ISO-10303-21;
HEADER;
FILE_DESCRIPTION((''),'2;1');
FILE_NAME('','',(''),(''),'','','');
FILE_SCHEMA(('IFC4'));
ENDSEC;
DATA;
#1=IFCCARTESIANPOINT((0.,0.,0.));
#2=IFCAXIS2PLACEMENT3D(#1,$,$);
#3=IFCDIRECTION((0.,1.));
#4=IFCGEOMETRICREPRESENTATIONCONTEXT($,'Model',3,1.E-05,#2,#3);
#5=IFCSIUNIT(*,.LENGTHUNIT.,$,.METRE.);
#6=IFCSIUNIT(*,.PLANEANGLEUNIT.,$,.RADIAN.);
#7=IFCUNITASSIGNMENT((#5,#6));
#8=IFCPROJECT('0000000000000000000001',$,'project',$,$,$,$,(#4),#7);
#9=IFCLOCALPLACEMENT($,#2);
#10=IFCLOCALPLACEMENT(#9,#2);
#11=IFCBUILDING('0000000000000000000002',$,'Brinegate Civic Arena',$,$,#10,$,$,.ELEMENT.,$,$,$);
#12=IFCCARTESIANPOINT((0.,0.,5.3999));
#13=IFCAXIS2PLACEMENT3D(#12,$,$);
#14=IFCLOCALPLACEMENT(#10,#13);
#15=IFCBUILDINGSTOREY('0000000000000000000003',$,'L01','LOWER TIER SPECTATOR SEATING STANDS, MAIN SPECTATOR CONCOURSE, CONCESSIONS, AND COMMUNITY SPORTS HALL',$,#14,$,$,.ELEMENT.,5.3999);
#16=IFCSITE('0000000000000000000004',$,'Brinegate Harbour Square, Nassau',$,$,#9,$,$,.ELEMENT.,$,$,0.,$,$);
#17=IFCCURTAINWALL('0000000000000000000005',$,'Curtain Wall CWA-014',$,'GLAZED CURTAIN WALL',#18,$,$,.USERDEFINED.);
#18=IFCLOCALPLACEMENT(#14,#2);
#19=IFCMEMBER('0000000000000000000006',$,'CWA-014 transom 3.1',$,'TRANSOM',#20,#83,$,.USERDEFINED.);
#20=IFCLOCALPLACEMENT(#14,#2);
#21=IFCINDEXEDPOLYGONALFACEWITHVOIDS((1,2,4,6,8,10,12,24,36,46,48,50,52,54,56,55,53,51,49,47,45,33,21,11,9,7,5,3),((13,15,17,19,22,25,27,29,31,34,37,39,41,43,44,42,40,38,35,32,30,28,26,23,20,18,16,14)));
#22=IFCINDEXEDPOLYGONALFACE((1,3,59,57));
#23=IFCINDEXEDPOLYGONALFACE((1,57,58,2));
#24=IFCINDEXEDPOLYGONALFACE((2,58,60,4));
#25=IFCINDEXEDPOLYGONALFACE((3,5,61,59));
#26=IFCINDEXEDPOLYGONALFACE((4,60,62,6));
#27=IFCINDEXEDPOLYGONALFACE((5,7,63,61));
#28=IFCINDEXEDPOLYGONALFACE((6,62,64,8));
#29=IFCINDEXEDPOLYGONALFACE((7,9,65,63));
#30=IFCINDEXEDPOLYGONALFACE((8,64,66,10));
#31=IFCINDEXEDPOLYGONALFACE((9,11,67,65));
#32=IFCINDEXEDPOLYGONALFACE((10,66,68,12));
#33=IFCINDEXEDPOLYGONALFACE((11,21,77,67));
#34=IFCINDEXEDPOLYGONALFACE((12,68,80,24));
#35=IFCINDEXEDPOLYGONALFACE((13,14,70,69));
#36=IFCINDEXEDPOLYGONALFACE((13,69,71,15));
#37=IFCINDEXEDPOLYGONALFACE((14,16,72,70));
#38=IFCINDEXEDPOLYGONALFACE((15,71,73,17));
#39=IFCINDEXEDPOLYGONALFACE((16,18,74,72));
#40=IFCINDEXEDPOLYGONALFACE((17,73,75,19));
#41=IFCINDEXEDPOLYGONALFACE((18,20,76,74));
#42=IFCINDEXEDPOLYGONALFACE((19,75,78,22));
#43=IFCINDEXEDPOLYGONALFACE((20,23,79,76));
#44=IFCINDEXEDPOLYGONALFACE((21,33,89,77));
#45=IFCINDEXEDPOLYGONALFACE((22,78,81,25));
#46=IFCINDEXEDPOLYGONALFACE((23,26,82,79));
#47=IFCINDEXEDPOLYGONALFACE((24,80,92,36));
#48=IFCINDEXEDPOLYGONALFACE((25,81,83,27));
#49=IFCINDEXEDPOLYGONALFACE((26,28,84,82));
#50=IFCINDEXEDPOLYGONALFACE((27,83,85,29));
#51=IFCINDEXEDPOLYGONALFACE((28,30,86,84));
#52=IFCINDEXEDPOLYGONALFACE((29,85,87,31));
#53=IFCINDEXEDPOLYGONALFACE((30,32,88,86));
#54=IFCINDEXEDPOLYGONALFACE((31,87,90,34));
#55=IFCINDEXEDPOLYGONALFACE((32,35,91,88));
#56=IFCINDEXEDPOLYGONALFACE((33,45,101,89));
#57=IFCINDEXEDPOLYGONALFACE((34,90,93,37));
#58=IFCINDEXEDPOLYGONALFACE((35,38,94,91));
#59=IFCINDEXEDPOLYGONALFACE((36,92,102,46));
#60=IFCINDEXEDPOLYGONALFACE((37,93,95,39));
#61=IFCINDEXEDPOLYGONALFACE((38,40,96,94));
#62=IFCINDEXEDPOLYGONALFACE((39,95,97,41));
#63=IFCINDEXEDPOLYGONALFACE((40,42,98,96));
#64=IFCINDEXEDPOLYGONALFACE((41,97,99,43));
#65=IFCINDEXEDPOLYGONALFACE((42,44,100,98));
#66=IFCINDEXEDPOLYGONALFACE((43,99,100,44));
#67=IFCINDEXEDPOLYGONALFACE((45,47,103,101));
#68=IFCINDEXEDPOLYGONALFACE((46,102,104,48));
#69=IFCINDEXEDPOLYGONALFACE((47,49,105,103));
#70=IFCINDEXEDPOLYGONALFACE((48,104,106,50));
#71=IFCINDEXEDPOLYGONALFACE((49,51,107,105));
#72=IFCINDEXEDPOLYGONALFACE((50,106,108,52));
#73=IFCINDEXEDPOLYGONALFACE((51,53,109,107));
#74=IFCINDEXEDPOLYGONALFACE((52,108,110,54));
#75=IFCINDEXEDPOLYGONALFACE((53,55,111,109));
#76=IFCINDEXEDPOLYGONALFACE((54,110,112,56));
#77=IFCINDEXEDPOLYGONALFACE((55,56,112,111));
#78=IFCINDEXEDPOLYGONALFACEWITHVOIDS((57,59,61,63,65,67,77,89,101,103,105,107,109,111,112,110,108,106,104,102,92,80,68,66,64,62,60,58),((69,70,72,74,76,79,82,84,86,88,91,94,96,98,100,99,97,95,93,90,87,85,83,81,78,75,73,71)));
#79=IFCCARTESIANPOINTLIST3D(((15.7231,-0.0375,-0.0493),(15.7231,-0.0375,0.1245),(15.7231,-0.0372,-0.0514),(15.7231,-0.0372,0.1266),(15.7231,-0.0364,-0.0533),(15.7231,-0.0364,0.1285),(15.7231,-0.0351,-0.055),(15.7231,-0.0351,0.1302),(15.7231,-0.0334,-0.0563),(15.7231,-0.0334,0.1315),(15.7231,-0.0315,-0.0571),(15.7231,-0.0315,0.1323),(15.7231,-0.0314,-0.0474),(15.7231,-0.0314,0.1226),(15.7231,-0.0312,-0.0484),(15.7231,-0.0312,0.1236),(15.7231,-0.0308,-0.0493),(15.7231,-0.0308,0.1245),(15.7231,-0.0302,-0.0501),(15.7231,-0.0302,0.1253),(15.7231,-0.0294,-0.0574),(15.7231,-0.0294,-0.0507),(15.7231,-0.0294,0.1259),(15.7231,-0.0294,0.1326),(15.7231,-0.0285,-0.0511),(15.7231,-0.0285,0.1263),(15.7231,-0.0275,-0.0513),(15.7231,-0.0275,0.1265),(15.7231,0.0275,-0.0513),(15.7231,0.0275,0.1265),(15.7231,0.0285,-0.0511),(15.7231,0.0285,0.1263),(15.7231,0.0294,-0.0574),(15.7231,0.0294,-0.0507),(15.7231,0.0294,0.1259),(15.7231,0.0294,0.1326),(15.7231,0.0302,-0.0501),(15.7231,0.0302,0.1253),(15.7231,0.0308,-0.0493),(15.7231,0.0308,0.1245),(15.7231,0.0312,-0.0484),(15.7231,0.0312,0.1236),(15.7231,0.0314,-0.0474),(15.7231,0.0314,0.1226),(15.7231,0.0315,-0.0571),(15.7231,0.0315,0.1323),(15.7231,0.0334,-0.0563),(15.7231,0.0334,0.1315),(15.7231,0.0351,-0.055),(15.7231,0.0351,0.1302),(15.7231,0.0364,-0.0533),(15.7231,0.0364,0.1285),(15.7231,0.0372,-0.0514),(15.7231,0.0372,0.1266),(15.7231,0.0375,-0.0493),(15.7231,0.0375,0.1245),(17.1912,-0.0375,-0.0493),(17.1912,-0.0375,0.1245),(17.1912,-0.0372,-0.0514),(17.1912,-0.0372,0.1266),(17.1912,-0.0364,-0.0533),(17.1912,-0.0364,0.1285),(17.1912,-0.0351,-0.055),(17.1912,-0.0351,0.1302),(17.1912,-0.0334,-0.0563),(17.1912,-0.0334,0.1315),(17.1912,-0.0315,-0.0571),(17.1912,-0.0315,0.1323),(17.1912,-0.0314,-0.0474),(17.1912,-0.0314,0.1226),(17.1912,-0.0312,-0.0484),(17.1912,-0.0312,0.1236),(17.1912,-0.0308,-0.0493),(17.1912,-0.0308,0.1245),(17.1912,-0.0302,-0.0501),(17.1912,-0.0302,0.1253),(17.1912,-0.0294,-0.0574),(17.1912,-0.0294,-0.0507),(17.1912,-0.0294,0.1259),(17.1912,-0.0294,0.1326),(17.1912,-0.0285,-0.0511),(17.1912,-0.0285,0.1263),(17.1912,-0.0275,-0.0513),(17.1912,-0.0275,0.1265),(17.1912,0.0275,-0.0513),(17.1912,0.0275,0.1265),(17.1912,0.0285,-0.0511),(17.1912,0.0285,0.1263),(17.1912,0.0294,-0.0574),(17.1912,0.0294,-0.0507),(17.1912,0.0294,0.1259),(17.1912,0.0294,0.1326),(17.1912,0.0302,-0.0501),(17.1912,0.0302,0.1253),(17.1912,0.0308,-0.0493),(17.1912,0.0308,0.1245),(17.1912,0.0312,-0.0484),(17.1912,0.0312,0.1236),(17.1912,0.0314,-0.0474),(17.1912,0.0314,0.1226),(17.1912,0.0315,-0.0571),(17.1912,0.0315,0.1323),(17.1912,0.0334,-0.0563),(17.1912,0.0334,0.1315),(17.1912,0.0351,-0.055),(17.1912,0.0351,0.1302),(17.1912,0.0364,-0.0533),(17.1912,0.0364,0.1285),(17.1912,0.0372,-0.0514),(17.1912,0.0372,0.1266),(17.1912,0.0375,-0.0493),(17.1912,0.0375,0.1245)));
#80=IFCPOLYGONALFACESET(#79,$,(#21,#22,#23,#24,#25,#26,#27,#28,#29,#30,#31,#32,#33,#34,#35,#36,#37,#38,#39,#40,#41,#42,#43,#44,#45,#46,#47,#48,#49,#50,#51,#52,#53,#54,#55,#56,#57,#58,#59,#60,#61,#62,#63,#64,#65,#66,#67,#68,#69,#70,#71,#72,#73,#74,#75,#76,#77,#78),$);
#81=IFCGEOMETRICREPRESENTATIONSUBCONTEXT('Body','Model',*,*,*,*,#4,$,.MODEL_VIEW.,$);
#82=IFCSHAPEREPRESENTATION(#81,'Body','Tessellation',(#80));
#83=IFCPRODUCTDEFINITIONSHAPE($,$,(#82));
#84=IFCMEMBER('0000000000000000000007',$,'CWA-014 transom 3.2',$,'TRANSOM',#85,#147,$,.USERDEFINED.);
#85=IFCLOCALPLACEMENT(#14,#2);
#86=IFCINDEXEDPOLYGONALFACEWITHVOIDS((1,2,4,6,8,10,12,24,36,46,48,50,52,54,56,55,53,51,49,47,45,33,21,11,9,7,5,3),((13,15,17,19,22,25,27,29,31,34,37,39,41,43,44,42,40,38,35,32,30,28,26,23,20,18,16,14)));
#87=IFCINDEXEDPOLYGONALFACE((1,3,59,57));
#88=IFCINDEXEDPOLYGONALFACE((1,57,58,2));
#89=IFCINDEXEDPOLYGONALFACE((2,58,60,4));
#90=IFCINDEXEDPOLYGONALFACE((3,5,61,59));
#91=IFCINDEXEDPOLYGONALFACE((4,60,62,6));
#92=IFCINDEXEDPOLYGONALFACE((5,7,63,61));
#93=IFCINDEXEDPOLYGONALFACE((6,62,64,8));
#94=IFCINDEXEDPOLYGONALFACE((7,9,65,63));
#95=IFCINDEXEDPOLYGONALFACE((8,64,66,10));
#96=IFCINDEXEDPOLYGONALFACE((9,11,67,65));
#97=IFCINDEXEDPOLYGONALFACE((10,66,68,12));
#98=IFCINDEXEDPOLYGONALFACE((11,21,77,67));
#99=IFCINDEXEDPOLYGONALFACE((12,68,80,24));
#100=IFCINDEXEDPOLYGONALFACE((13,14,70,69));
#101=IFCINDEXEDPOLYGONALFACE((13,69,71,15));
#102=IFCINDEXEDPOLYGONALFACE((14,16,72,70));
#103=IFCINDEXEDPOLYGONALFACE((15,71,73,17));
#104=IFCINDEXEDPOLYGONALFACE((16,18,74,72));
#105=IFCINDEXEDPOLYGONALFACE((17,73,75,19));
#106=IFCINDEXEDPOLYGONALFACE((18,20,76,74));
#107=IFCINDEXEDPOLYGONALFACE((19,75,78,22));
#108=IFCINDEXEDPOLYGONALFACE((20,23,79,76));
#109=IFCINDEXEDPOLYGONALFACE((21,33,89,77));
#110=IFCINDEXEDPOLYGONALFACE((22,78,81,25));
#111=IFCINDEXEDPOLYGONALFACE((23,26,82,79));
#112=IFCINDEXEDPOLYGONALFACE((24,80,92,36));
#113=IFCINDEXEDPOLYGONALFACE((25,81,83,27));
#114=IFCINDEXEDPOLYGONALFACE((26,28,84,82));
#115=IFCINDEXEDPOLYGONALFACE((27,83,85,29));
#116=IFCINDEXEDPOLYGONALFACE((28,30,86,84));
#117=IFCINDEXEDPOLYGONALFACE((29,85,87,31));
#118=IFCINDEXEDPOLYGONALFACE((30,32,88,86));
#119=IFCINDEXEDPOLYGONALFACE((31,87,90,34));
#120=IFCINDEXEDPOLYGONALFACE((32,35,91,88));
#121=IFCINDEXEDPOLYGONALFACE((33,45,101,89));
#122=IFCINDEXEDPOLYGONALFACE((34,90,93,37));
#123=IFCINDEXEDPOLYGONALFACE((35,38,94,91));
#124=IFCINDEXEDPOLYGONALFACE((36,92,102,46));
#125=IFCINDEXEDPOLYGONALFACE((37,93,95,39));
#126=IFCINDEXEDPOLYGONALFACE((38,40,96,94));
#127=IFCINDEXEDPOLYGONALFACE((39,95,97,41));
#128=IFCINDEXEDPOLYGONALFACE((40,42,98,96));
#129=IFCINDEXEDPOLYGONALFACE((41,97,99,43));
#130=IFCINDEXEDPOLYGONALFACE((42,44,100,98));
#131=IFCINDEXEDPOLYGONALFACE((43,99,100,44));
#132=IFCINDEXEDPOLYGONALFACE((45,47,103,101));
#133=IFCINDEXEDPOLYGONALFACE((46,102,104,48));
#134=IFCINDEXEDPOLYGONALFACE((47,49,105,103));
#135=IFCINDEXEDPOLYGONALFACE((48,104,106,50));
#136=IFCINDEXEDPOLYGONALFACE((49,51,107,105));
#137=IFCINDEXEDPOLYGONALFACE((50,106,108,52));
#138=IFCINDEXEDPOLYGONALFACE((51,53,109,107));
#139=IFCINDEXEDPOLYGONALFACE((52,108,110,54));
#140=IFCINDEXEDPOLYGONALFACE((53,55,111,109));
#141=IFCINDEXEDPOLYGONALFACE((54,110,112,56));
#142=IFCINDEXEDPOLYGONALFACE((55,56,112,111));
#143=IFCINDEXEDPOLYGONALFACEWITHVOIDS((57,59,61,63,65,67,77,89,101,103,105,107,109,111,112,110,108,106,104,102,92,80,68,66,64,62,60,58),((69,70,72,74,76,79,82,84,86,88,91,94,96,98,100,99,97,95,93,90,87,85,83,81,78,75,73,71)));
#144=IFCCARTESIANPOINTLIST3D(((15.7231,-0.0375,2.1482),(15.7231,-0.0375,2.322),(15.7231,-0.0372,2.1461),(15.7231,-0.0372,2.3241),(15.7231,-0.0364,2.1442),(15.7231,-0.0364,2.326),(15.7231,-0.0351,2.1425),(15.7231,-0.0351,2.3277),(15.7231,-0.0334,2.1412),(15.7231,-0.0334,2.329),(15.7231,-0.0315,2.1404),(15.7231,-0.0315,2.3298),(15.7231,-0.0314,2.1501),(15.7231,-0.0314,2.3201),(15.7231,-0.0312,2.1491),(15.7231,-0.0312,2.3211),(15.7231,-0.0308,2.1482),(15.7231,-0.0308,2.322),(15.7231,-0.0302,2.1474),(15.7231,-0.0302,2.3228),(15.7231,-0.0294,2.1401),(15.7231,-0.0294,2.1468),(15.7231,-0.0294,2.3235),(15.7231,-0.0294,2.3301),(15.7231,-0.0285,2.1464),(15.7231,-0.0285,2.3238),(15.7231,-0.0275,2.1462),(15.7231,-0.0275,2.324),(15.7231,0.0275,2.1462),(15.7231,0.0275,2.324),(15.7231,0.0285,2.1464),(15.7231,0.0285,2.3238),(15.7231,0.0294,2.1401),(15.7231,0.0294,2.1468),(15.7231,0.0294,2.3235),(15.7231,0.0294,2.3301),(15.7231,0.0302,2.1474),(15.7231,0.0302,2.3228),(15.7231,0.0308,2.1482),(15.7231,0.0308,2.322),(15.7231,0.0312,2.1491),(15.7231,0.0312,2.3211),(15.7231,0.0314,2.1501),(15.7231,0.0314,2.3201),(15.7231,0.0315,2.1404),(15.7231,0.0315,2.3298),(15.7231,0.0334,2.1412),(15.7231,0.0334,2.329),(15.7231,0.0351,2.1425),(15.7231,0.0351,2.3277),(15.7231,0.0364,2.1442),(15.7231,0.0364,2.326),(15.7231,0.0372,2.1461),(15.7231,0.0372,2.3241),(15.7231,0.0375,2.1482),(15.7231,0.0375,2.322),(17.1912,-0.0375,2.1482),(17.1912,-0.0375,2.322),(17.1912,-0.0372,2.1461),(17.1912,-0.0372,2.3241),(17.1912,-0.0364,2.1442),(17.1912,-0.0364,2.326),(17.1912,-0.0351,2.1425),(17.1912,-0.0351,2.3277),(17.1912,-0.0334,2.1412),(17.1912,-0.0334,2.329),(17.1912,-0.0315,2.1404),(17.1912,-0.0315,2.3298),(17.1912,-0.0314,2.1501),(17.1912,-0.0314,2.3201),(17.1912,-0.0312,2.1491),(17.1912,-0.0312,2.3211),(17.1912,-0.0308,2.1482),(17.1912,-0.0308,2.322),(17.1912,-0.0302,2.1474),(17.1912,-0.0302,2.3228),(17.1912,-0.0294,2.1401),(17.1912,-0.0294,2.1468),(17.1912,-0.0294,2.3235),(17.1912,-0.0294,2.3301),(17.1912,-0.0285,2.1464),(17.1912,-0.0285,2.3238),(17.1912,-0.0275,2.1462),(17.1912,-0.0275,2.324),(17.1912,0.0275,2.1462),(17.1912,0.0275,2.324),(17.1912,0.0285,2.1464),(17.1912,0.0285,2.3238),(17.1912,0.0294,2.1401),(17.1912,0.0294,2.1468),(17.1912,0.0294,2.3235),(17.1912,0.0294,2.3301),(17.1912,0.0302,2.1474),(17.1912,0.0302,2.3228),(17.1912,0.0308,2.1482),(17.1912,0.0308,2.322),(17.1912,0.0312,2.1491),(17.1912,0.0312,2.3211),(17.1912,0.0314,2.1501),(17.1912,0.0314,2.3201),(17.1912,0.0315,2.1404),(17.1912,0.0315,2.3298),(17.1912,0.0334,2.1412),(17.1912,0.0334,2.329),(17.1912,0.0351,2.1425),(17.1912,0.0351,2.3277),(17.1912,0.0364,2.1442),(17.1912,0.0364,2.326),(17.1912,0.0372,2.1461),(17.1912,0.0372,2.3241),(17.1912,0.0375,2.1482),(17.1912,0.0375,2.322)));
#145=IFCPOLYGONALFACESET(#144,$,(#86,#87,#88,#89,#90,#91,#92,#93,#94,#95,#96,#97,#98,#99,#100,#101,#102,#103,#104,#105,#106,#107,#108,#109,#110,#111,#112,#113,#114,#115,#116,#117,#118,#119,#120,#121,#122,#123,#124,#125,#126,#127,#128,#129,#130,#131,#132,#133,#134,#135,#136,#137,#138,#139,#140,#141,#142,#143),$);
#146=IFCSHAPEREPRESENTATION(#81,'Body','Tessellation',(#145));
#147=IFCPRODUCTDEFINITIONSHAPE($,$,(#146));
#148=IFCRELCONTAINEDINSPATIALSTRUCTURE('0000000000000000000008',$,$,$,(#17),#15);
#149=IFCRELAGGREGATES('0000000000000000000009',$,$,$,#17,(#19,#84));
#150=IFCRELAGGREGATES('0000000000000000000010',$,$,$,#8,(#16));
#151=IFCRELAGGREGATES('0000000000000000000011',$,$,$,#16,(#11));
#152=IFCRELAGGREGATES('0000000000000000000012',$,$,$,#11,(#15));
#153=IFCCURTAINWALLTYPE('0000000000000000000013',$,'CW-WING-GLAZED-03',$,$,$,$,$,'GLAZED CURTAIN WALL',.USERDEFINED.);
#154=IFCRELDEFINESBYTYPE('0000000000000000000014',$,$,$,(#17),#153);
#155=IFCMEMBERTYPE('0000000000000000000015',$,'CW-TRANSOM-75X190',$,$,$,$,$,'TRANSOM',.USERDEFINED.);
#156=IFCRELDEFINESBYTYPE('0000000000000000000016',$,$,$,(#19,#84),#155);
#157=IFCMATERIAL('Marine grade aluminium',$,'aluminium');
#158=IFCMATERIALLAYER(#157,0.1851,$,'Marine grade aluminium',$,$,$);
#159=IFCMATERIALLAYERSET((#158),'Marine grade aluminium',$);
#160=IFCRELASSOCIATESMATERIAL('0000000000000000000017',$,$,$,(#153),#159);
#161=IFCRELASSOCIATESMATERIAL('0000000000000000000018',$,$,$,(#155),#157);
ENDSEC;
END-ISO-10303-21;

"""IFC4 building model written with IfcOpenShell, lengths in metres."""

from ifc_helpers import new_model, si_unit, direction, frame, origin, origin_2d, place, context, subcontext, project, spatial, hollow_rectangle, extrude, material, layer, layer_set, material_profile, profile_set, type_object, element, aggregate, save


model = new_model("IFC4")

# Units and contexts
model_context = context("Model", 3, precision=1e-05, world=origin(), true_north=direction((0.0, 1.0)))
body_context = subcontext(model_context, "Body", "Model", "MODEL_VIEW")
ifc_project = project(units=[si_unit("LENGTHUNIT", "METRE"), si_unit("PLANEANGLEUNIT", "RADIAN")], contexts=[model_context])

# Site, building, storey
site_placement = place(None, origin())
site = spatial("IfcSite", under=ifc_project, at=site_placement, Name="Brinegate Harbour Square, Nassau", CompositionType="ELEMENT", RefElevation=0.0)
building_placement = place(site_placement, origin())
building = spatial("IfcBuilding", under=site, at=building_placement, Name="Brinegate Civic Arena", CompositionType="ELEMENT")
storey_placement = place(building_placement, frame((0.0, 0.0, 5.3999)))
storey = spatial("IfcBuildingStorey", under=building, at=storey_placement, Name="L01", Description="LOWER TIER SPECTATOR SEATING STANDS, MAIN SPECTATOR CONCOURSE, CONCESSIONS, AND COMMUNITY SPORTS HALL", CompositionType="ELEMENT", Elevation=5.3999)

# Curtain wall, members
ifc_material_1 = material(Name="Marine grade aluminium", Category="aluminium")
ifc_layer_1 = layer(ifc_material_1, 0.1851, Name="Marine grade aluminium")
ifc_layer_set_1 = layer_set([ifc_layer_1], Name="Marine grade aluminium")
curtain_wall_type = type_object("IfcCurtainWallType", Name="CW-WING-GLAZED-03", ElementType="GLAZED CURTAIN WALL", PredefinedType="USERDEFINED", material=ifc_layer_set_1)
curtain_wall_placement = place(storey_placement, origin())
curtain_wall = element("IfcCurtainWall", 1, at=curtain_wall_placement, inside=storey, type_object=curtain_wall_type, Name="Curtain Wall CWA-014", ObjectType="GLAZED CURTAIN WALL", PredefinedType="USERDEFINED")
ifc_material_profile_1 = material_profile(ifc_material_1, hollow_rectangle(XDim=0.075, YDim=0.1899, WallThickness=0.0061, InnerFilletRadius=0.0039, OuterFilletRadius=0.0081, at=origin_2d()), Name="TRN75X190")
ifc_profile_set_1 = profile_set([ifc_material_profile_1], Name="Marine grade aluminium")
member_type_1 = type_object("IfcMemberType", Name="CW-TRANSOM-75X190", ElementType="TRANSOM", PredefinedType="USERDEFINED", material=ifc_profile_set_1)
member_1_placement = place(storey_placement, frame((15.7231, 0.0, 0.0376), z_axis=(1.0, 0.0, 0.0), x_axis=(0.0, 1.0, 0.0)))
member_1 = element("IfcMember", 2, at=member_1_placement, type_object=member_type_1, Name="CWA-014 transom 3.1", ObjectType="TRANSOM", PredefinedType="USERDEFINED", context=body_context, shape_type="SweptSolid", body=[
    extrude(hollow_rectangle(XDim=0.075, YDim=0.1899, WallThickness=0.0061, InnerFilletRadius=0.0039, OuterFilletRadius=0.0081, at=origin_2d()), origin(), (0.0, 0.0, 1.0), 1.468),
])
member_2_placement = place(storey_placement, frame((15.7231, 0.0, 2.2351), z_axis=(1.0, 0.0, 0.0), x_axis=(0.0, 1.0, 0.0)))
member_2 = element("IfcMember", 3, at=member_2_placement, type_object=member_type_1, Name="CWA-014 transom 3.2", ObjectType="TRANSOM", PredefinedType="USERDEFINED", context=body_context, shape_type="SweptSolid", body=[
    extrude(hollow_rectangle(XDim=0.075, YDim=0.1899, WallThickness=0.0061, InnerFilletRadius=0.0039, OuterFilletRadius=0.0081, at=origin_2d()), origin(), (0.0, 0.0, 1.0), 1.468),
])
aggregate(curtain_wall, [member_1, member_2])

save(model, "model.ifc")
